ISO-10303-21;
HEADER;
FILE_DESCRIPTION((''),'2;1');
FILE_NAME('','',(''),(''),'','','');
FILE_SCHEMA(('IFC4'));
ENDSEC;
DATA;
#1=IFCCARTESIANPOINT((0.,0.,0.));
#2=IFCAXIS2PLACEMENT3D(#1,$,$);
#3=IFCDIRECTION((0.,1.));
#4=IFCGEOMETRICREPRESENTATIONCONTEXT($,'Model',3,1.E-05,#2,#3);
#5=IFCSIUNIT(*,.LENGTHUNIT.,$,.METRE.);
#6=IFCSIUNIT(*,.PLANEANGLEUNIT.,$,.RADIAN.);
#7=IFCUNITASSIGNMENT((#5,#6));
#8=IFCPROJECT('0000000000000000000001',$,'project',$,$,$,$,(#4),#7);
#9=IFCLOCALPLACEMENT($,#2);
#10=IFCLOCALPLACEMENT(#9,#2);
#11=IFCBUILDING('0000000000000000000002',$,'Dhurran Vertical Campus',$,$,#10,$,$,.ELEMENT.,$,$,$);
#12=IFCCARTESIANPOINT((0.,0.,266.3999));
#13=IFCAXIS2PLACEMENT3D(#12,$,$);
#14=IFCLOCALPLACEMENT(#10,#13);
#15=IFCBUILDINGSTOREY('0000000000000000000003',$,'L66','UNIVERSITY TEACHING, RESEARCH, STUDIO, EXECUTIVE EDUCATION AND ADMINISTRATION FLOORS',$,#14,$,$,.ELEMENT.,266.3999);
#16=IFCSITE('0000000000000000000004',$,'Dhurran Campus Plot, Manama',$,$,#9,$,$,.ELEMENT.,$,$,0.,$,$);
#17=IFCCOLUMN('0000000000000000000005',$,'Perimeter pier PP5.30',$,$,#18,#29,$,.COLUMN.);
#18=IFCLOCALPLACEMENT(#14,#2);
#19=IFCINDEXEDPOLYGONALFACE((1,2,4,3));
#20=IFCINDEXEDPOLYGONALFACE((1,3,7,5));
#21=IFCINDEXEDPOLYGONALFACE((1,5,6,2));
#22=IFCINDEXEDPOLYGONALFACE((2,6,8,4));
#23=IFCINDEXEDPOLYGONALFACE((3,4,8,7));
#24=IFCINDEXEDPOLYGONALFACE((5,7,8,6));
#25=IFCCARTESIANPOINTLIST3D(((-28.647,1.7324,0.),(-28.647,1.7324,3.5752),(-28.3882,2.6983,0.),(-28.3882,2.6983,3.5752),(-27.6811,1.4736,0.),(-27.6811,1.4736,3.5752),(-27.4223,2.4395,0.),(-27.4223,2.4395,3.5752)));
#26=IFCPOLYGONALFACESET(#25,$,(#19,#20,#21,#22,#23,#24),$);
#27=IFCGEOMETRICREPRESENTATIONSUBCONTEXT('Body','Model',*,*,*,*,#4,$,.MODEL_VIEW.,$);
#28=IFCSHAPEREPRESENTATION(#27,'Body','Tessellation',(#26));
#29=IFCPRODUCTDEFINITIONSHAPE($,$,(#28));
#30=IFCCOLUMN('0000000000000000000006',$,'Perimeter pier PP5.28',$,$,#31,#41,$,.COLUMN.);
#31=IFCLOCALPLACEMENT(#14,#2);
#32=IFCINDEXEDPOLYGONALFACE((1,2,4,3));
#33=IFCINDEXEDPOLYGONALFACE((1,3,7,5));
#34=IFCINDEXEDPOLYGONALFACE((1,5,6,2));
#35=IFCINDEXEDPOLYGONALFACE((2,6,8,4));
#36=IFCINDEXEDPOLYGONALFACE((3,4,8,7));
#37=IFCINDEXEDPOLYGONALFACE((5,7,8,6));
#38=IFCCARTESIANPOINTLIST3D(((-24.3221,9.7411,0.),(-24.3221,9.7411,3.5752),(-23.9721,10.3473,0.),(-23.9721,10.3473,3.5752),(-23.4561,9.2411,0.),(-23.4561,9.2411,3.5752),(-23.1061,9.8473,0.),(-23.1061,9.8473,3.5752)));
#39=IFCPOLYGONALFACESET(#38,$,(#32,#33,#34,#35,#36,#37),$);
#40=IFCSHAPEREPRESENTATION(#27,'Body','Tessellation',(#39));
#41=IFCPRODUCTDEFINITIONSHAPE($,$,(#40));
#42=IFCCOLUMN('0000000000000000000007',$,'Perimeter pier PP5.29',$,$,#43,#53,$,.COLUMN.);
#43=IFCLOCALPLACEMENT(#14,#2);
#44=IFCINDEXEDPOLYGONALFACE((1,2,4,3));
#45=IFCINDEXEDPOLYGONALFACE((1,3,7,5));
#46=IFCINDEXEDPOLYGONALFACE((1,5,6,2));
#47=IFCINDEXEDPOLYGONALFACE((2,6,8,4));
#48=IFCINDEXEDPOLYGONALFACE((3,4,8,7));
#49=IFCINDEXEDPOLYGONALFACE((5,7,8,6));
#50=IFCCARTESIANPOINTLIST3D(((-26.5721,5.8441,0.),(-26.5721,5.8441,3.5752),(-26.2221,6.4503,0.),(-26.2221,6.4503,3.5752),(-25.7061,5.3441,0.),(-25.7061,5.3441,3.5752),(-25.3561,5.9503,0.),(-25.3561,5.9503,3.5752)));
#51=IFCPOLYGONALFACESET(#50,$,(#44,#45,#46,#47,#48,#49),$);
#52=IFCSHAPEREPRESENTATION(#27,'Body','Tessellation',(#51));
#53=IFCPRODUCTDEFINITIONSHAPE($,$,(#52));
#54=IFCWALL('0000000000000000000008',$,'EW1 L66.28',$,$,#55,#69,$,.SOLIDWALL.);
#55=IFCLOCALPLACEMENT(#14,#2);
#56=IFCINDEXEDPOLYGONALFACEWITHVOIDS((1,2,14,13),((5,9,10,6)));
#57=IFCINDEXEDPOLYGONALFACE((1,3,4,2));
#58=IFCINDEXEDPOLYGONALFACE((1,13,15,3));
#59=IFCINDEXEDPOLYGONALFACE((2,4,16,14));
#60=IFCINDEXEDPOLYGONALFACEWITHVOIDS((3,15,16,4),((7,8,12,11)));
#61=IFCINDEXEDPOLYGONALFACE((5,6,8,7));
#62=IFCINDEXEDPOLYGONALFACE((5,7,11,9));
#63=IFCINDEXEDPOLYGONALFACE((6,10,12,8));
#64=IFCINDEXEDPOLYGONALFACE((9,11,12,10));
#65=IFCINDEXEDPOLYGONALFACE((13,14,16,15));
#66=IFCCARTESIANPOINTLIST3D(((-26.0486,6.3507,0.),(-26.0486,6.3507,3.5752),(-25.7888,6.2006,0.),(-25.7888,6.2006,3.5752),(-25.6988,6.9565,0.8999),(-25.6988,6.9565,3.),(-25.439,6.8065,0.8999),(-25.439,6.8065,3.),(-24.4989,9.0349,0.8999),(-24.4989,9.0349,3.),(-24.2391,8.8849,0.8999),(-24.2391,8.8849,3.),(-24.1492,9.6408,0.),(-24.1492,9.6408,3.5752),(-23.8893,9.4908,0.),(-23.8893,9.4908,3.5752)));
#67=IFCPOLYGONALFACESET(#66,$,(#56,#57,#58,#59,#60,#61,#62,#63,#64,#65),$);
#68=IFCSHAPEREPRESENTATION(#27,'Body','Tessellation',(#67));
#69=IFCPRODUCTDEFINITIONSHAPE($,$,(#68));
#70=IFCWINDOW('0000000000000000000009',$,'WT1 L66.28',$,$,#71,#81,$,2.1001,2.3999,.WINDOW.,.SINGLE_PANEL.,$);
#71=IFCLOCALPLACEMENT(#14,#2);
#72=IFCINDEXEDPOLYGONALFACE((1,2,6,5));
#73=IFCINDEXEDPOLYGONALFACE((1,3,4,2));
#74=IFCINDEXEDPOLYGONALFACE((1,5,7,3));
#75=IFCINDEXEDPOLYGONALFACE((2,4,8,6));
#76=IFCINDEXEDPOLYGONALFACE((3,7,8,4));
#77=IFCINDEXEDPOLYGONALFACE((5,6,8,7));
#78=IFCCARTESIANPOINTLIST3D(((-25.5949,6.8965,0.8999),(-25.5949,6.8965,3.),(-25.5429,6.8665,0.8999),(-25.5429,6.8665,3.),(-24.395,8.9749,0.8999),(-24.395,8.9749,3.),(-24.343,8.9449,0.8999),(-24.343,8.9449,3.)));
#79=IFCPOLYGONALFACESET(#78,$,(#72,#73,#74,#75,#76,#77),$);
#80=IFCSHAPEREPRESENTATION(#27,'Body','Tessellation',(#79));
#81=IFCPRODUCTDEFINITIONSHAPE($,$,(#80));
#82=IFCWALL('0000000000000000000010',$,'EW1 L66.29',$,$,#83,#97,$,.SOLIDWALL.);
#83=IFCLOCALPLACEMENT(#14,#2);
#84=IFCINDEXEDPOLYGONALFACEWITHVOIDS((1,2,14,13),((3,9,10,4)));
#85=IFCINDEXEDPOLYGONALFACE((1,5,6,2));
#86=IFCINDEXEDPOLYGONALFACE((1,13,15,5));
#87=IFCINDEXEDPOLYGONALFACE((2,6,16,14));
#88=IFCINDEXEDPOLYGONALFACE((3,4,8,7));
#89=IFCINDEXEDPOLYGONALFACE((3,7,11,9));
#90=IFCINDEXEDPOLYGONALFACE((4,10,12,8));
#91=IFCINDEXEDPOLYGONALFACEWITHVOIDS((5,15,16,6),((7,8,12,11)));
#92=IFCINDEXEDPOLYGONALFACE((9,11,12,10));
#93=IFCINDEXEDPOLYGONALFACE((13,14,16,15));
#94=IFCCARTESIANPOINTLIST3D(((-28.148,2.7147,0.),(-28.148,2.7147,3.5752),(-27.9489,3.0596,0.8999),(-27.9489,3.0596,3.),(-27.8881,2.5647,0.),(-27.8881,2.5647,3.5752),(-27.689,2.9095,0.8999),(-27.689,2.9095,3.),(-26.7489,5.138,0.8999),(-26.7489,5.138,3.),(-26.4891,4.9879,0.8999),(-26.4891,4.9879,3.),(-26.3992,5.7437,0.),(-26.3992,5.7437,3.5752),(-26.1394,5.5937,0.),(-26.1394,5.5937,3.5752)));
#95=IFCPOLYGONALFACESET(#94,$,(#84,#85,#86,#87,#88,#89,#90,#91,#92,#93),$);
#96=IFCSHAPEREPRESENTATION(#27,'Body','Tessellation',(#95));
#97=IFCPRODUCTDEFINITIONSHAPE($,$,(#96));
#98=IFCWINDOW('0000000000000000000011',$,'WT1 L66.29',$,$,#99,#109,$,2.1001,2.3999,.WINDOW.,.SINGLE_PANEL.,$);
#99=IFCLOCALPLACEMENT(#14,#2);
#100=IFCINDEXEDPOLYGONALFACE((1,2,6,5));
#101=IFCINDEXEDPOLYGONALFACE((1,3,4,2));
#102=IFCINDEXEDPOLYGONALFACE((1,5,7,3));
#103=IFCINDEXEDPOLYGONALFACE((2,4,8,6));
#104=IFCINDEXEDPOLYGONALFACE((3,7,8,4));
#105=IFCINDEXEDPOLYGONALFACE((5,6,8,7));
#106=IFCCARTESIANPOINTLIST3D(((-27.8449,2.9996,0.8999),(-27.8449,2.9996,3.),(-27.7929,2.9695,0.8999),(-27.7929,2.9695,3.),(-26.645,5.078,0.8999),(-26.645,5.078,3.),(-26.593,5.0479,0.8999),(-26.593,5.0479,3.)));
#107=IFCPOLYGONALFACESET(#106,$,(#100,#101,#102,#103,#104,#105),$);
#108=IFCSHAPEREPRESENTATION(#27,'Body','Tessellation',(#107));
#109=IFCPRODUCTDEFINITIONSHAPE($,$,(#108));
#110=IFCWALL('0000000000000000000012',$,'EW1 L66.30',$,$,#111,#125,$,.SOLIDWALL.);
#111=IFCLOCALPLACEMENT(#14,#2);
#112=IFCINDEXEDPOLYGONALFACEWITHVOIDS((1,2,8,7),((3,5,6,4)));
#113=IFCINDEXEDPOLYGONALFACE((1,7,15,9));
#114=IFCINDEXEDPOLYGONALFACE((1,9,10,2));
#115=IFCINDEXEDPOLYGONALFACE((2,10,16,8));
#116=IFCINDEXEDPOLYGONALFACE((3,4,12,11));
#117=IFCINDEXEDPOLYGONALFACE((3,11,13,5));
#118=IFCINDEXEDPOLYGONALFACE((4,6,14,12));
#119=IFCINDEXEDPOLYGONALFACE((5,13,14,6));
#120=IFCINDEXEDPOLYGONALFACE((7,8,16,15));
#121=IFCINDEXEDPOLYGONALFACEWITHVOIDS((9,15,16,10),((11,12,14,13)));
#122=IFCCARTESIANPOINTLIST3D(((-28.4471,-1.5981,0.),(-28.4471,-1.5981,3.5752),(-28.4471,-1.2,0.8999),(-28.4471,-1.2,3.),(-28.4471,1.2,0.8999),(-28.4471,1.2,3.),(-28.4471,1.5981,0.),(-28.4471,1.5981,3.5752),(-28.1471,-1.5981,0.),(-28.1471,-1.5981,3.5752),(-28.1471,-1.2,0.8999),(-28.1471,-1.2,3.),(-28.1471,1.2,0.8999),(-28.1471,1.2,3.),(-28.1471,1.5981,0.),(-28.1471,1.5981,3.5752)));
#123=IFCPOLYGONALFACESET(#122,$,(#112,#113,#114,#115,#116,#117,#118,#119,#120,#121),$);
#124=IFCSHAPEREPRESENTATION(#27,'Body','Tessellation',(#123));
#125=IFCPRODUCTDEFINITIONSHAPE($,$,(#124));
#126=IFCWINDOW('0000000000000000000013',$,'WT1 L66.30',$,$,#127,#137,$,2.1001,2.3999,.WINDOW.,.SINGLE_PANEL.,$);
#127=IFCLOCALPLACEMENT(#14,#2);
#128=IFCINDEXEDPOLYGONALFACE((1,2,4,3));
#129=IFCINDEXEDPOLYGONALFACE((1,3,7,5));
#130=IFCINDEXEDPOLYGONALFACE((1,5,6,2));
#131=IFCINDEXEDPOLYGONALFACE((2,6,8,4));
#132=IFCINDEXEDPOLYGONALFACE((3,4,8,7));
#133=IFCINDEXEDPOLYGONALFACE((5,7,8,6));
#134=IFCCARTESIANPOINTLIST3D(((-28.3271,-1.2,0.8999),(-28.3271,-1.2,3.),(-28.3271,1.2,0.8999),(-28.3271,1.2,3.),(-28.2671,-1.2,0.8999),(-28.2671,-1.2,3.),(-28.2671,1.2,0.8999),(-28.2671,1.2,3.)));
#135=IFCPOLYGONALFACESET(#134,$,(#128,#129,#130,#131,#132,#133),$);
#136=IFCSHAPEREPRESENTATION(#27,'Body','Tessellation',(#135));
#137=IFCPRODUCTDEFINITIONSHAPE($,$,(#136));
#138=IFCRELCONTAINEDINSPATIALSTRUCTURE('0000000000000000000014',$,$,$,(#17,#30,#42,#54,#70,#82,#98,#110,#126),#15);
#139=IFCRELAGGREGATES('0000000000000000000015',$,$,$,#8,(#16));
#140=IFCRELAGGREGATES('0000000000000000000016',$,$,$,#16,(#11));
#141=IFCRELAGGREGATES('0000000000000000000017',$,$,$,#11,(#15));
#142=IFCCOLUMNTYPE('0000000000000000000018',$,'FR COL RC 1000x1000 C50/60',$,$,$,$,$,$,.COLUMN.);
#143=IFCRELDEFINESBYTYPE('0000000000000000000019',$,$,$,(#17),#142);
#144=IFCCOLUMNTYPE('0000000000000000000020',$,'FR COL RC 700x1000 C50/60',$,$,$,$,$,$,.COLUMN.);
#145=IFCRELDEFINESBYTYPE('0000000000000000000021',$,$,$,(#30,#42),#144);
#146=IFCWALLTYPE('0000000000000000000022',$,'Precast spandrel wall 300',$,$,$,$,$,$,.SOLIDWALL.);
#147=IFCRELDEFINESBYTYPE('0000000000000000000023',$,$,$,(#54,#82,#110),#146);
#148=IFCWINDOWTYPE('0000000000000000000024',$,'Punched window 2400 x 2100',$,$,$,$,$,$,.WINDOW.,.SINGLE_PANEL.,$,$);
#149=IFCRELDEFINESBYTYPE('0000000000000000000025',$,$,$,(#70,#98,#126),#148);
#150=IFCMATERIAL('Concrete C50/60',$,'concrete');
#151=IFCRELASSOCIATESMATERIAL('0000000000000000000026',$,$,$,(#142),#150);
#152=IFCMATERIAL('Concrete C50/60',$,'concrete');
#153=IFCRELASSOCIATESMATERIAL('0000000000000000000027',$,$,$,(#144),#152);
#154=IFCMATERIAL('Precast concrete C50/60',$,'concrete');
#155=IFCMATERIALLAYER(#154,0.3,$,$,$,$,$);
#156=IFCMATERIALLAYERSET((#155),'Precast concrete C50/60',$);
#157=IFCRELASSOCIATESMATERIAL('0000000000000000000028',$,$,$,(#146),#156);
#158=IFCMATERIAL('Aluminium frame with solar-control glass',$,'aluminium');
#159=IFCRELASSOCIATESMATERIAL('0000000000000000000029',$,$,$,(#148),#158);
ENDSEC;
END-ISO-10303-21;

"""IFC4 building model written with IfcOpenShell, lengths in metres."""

from ifc_helpers import new_model, si_unit, direction, frame, frame_2d, origin, origin_2d, place, context, subcontext, project, spatial, rectangle, extrude, material, layer, layer_set, material_profile, profile_set, type_object, element, fill, save


model = new_model("IFC4")

# Units and contexts
model_context = context("Model", 3, precision=1e-05, world=origin(), true_north=direction((0.0, 1.0)))
body_context = subcontext(model_context, "Body", "Model", "MODEL_VIEW")
ifc_project = project(units=[si_unit("LENGTHUNIT", "METRE"), si_unit("PLANEANGLEUNIT", "RADIAN")], contexts=[model_context])

# Site, building, storey
site_placement = place(None, origin())
site = spatial("IfcSite", under=ifc_project, at=site_placement, Name="Dhurran Campus Plot, Manama", CompositionType="ELEMENT", RefElevation=0.0)
building_placement = place(site_placement, origin())
building = spatial("IfcBuilding", under=site, at=building_placement, Name="Dhurran Vertical Campus", CompositionType="ELEMENT")
storey_placement = place(building_placement, frame((0.0, 0.0, 266.3999)))
storey = spatial("IfcBuildingStorey", under=building, at=storey_placement, Name="L66", Description="UNIVERSITY TEACHING, RESEARCH, STUDIO, EXECUTIVE EDUCATION AND ADMINISTRATION FLOORS", CompositionType="ELEMENT", Elevation=266.3999)

# Columns
ifc_material_1 = material(Name="Concrete C50/60", Category="concrete")
ifc_material_profile_1 = material_profile(ifc_material_1, rectangle(XDim=1.0, YDim=1.0, at=origin_2d()), Name="RC 1000x1000")
ifc_profile_set_1 = profile_set([ifc_material_profile_1], Name="Concrete C50/60")
column_type_1 = type_object("IfcColumnType", Name="FR COL RC 1000x1000 C50/60", PredefinedType="COLUMN", material=ifc_profile_set_1)
column_placement = place(storey_placement, frame((-28.0347, 2.0859, 0.0), z_axis=(0.0, 0.0, 1.0), x_axis=(-0.258819, -0.965926, 0.0)))
element("IfcColumn", 1, at=column_placement, inside=storey, type_object=column_type_1, Name="Perimeter pier PP5.30", PredefinedType="COLUMN", context=body_context, shape_type="SweptSolid", body=[
    extrude(rectangle(XDim=1.0, YDim=1.0, at=origin_2d()), origin(), (0.0, 0.0, 1.0), 3.5752),
])
ifc_material_2 = material(Name="Concrete C50/60", Category="concrete")
ifc_material_profile_2 = material_profile(ifc_material_2, rectangle(XDim=0.7, YDim=1.0, at=origin_2d()), Name="RC 700x1000")
ifc_profile_set_2 = profile_set([ifc_material_profile_2], Name="Concrete C50/60")
column_type_2 = type_object("IfcColumnType", Name="FR COL RC 700x1000 C50/60", PredefinedType="COLUMN", material=ifc_profile_set_2)
for number, where, z_axis, x_axis, name in (
    (2, (-23.7141, 9.7942, 0.0), (0.0, 0.0, 1.0), (-0.5, -0.866025, 0.0), "Perimeter pier PP5.28"),
    (3, (-25.9641, 5.8972, 0.0), (0.0, 0.0, 1.0), (-0.5, -0.866025, 0.0), "Perimeter pier PP5.29"),
):
    element("IfcColumn", number, at=place(storey_placement, frame(where, z_axis=z_axis, x_axis=x_axis)), inside=storey, type_object=column_type_2, Name=name, PredefinedType="COLUMN", context=body_context, shape_type="SweptSolid", body=[
        extrude(rectangle(XDim=0.7, YDim=1.0, at=origin_2d()), origin(), (0.0, 0.0, 1.0), 3.5752),
    ])

# Walls, openings, windows
ifc_material_3 = material(Name="Precast concrete C50/60", Category="concrete")
ifc_layer_1 = layer(ifc_material_3, 0.3)
ifc_layer_set_1 = layer_set([ifc_layer_1], Name="Precast concrete C50/60")
wall_type_1 = type_object("IfcWallType", Name="Precast spandrel wall 300", PredefinedType="SOLIDWALL", material=ifc_layer_set_1)
wall_1_placement = place(storey_placement, frame((-24.0193, 9.5657, 0.0), z_axis=(0.0, 0.0, 1.0), x_axis=(-0.499982, -0.866036, 0.0)))
wall_1 = element("IfcWall", 4, at=wall_1_placement, inside=storey, type_object=wall_type_1, Name="EW1 L66.28", PredefinedType="SOLIDWALL", context=body_context, shape_type="SweptSolid", body=[
    extrude(rectangle(XDim=3.7991, YDim=0.3, at=frame_2d((1.8994, 0.0))), origin(), (0.0, 0.0, 1.0), 3.5752),
])
opening_1_placement = place(wall_1_placement, frame((0.6995, 0.0, 0.8999)))
opening_1 = element("IfcOpeningElement", 5, at=opening_1_placement, cuts=wall_1, PredefinedType="OPENING", context=body_context, shape_type="SweptSolid", body=[
    extrude(rectangle(XDim=2.3999, YDim=2.1001, at=frame_2d((1.2, 1.05))), frame((0.0, 0.1599, 0.0), z_axis=(0.0, -1.0, 0.0), x_axis=(1.0, 0.0, 0.0)), (0.0, 0.0, 1.0), 0.3201),
])
ifc_material_4 = material(Name="Aluminium frame with solar-control glass", Category="aluminium")
window_type = type_object("IfcWindowType", Name="Punched window 2400 x 2100", PartitioningType="SINGLE_PANEL", PredefinedType="WINDOW", material=ifc_material_4)
window_1_placement = place(opening_1_placement, origin())
window_1 = element("IfcWindow", 6, at=window_1_placement, inside=storey, type_object=window_type, Name="WT1 L66.28", OverallHeight=2.1001, OverallWidth=2.3999, PartitioningType="SINGLE_PANEL", PredefinedType="WINDOW", context=body_context, shape_type="SweptSolid", body=[
    extrude(rectangle(XDim=2.3999, YDim=2.1001, at=frame_2d((1.2, 1.05))), frame((0.0, 0.03, 0.0), z_axis=(0.0, -1.0, 0.0), x_axis=(1.0, 0.0, 0.0)), (0.0, 0.0, 1.0), 0.0601),
])
fill(opening_1, window_1)
wall_2_placement = place(storey_placement, frame((-26.2693, 5.6687, 0.0), z_axis=(0.0, 0.0, 1.0), x_axis=(-0.49999, -0.866031, 0.0)))
wall_2 = element("IfcWall", 7, at=wall_2_placement, inside=storey, type_object=wall_type_1, Name="EW1 L66.29", PredefinedType="SOLIDWALL", context=body_context, shape_type="SweptSolid", body=[
    extrude(rectangle(XDim=3.4976, YDim=0.3, at=frame_2d((1.7488, 0.0))), origin(), (0.0, 0.0, 1.0), 3.5752),
])
opening_2_placement = place(wall_2_placement, frame((0.6995, 0.0, 0.8999)))
opening_2 = element("IfcOpeningElement", 8, at=opening_2_placement, cuts=wall_2, PredefinedType="OPENING", context=body_context, shape_type="SweptSolid", body=[
    extrude(rectangle(XDim=2.3999, YDim=2.1001, at=frame_2d((1.2, 1.05))), frame((0.0, 0.1599, 0.0), z_axis=(0.0, -1.0, 0.0), x_axis=(1.0, 0.0, 0.0)), (0.0, 0.0, 1.0), 0.3201),
])
window_2_placement = place(opening_2_placement, origin())
window_2 = element("IfcWindow", 9, at=window_2_placement, inside=storey, type_object=window_type, Name="WT1 L66.29", OverallHeight=2.1001, OverallWidth=2.3999, PartitioningType="SINGLE_PANEL", PredefinedType="WINDOW", context=body_context, shape_type="SweptSolid", body=[
    extrude(rectangle(XDim=2.3999, YDim=2.1001, at=frame_2d((1.2, 1.05))), frame((0.0, 0.03, 0.0), z_axis=(0.0, -1.0, 0.0), x_axis=(1.0, 0.0, 0.0)), (0.0, 0.0, 1.0), 0.0601),
])
fill(opening_2, window_2)
wall_3_placement = place(storey_placement, frame((-28.2971, 1.5981, 0.0), z_axis=(0.0, 0.0, 1.0), x_axis=(0.0, -1.0, 0.0)))
wall_3 = element("IfcWall", 10, at=wall_3_placement, inside=storey, type_object=wall_type_1, Name="EW1 L66.30", PredefinedType="SOLIDWALL", context=body_context, shape_type="SweptSolid", body=[
    extrude(rectangle(XDim=3.1963, YDim=0.3, at=frame_2d((1.5981, 0.0))), origin(), (0.0, 0.0, 1.0), 3.5752),
])
opening_3_placement = place(wall_3_placement, frame((0.3982, 0.0, 0.8999)))
opening_3 = element("IfcOpeningElement", 11, at=opening_3_placement, cuts=wall_3, PredefinedType="OPENING", context=body_context, shape_type="SweptSolid", body=[
    extrude(rectangle(XDim=2.3999, YDim=2.1001, at=frame_2d((1.2, 1.05))), frame((0.0, 0.1599, 0.0), z_axis=(0.0, -1.0, 0.0), x_axis=(1.0, 0.0, 0.0)), (0.0, 0.0, 1.0), 0.3201),
])
window_3_placement = place(opening_3_placement, origin())
window_3 = element("IfcWindow", 12, at=window_3_placement, inside=storey, type_object=window_type, Name="WT1 L66.30", OverallHeight=2.1001, OverallWidth=2.3999, PartitioningType="SINGLE_PANEL", PredefinedType="WINDOW", context=body_context, shape_type="SweptSolid", body=[
    extrude(rectangle(XDim=2.3999, YDim=2.1001, at=frame_2d((1.2, 1.05))), frame((0.0, 0.03, 0.0), z_axis=(0.0, -1.0, 0.0), x_axis=(1.0, 0.0, 0.0)), (0.0, 0.0, 1.0), 0.0601),
])
fill(opening_3, window_3)

save(model, "model.ifc")
